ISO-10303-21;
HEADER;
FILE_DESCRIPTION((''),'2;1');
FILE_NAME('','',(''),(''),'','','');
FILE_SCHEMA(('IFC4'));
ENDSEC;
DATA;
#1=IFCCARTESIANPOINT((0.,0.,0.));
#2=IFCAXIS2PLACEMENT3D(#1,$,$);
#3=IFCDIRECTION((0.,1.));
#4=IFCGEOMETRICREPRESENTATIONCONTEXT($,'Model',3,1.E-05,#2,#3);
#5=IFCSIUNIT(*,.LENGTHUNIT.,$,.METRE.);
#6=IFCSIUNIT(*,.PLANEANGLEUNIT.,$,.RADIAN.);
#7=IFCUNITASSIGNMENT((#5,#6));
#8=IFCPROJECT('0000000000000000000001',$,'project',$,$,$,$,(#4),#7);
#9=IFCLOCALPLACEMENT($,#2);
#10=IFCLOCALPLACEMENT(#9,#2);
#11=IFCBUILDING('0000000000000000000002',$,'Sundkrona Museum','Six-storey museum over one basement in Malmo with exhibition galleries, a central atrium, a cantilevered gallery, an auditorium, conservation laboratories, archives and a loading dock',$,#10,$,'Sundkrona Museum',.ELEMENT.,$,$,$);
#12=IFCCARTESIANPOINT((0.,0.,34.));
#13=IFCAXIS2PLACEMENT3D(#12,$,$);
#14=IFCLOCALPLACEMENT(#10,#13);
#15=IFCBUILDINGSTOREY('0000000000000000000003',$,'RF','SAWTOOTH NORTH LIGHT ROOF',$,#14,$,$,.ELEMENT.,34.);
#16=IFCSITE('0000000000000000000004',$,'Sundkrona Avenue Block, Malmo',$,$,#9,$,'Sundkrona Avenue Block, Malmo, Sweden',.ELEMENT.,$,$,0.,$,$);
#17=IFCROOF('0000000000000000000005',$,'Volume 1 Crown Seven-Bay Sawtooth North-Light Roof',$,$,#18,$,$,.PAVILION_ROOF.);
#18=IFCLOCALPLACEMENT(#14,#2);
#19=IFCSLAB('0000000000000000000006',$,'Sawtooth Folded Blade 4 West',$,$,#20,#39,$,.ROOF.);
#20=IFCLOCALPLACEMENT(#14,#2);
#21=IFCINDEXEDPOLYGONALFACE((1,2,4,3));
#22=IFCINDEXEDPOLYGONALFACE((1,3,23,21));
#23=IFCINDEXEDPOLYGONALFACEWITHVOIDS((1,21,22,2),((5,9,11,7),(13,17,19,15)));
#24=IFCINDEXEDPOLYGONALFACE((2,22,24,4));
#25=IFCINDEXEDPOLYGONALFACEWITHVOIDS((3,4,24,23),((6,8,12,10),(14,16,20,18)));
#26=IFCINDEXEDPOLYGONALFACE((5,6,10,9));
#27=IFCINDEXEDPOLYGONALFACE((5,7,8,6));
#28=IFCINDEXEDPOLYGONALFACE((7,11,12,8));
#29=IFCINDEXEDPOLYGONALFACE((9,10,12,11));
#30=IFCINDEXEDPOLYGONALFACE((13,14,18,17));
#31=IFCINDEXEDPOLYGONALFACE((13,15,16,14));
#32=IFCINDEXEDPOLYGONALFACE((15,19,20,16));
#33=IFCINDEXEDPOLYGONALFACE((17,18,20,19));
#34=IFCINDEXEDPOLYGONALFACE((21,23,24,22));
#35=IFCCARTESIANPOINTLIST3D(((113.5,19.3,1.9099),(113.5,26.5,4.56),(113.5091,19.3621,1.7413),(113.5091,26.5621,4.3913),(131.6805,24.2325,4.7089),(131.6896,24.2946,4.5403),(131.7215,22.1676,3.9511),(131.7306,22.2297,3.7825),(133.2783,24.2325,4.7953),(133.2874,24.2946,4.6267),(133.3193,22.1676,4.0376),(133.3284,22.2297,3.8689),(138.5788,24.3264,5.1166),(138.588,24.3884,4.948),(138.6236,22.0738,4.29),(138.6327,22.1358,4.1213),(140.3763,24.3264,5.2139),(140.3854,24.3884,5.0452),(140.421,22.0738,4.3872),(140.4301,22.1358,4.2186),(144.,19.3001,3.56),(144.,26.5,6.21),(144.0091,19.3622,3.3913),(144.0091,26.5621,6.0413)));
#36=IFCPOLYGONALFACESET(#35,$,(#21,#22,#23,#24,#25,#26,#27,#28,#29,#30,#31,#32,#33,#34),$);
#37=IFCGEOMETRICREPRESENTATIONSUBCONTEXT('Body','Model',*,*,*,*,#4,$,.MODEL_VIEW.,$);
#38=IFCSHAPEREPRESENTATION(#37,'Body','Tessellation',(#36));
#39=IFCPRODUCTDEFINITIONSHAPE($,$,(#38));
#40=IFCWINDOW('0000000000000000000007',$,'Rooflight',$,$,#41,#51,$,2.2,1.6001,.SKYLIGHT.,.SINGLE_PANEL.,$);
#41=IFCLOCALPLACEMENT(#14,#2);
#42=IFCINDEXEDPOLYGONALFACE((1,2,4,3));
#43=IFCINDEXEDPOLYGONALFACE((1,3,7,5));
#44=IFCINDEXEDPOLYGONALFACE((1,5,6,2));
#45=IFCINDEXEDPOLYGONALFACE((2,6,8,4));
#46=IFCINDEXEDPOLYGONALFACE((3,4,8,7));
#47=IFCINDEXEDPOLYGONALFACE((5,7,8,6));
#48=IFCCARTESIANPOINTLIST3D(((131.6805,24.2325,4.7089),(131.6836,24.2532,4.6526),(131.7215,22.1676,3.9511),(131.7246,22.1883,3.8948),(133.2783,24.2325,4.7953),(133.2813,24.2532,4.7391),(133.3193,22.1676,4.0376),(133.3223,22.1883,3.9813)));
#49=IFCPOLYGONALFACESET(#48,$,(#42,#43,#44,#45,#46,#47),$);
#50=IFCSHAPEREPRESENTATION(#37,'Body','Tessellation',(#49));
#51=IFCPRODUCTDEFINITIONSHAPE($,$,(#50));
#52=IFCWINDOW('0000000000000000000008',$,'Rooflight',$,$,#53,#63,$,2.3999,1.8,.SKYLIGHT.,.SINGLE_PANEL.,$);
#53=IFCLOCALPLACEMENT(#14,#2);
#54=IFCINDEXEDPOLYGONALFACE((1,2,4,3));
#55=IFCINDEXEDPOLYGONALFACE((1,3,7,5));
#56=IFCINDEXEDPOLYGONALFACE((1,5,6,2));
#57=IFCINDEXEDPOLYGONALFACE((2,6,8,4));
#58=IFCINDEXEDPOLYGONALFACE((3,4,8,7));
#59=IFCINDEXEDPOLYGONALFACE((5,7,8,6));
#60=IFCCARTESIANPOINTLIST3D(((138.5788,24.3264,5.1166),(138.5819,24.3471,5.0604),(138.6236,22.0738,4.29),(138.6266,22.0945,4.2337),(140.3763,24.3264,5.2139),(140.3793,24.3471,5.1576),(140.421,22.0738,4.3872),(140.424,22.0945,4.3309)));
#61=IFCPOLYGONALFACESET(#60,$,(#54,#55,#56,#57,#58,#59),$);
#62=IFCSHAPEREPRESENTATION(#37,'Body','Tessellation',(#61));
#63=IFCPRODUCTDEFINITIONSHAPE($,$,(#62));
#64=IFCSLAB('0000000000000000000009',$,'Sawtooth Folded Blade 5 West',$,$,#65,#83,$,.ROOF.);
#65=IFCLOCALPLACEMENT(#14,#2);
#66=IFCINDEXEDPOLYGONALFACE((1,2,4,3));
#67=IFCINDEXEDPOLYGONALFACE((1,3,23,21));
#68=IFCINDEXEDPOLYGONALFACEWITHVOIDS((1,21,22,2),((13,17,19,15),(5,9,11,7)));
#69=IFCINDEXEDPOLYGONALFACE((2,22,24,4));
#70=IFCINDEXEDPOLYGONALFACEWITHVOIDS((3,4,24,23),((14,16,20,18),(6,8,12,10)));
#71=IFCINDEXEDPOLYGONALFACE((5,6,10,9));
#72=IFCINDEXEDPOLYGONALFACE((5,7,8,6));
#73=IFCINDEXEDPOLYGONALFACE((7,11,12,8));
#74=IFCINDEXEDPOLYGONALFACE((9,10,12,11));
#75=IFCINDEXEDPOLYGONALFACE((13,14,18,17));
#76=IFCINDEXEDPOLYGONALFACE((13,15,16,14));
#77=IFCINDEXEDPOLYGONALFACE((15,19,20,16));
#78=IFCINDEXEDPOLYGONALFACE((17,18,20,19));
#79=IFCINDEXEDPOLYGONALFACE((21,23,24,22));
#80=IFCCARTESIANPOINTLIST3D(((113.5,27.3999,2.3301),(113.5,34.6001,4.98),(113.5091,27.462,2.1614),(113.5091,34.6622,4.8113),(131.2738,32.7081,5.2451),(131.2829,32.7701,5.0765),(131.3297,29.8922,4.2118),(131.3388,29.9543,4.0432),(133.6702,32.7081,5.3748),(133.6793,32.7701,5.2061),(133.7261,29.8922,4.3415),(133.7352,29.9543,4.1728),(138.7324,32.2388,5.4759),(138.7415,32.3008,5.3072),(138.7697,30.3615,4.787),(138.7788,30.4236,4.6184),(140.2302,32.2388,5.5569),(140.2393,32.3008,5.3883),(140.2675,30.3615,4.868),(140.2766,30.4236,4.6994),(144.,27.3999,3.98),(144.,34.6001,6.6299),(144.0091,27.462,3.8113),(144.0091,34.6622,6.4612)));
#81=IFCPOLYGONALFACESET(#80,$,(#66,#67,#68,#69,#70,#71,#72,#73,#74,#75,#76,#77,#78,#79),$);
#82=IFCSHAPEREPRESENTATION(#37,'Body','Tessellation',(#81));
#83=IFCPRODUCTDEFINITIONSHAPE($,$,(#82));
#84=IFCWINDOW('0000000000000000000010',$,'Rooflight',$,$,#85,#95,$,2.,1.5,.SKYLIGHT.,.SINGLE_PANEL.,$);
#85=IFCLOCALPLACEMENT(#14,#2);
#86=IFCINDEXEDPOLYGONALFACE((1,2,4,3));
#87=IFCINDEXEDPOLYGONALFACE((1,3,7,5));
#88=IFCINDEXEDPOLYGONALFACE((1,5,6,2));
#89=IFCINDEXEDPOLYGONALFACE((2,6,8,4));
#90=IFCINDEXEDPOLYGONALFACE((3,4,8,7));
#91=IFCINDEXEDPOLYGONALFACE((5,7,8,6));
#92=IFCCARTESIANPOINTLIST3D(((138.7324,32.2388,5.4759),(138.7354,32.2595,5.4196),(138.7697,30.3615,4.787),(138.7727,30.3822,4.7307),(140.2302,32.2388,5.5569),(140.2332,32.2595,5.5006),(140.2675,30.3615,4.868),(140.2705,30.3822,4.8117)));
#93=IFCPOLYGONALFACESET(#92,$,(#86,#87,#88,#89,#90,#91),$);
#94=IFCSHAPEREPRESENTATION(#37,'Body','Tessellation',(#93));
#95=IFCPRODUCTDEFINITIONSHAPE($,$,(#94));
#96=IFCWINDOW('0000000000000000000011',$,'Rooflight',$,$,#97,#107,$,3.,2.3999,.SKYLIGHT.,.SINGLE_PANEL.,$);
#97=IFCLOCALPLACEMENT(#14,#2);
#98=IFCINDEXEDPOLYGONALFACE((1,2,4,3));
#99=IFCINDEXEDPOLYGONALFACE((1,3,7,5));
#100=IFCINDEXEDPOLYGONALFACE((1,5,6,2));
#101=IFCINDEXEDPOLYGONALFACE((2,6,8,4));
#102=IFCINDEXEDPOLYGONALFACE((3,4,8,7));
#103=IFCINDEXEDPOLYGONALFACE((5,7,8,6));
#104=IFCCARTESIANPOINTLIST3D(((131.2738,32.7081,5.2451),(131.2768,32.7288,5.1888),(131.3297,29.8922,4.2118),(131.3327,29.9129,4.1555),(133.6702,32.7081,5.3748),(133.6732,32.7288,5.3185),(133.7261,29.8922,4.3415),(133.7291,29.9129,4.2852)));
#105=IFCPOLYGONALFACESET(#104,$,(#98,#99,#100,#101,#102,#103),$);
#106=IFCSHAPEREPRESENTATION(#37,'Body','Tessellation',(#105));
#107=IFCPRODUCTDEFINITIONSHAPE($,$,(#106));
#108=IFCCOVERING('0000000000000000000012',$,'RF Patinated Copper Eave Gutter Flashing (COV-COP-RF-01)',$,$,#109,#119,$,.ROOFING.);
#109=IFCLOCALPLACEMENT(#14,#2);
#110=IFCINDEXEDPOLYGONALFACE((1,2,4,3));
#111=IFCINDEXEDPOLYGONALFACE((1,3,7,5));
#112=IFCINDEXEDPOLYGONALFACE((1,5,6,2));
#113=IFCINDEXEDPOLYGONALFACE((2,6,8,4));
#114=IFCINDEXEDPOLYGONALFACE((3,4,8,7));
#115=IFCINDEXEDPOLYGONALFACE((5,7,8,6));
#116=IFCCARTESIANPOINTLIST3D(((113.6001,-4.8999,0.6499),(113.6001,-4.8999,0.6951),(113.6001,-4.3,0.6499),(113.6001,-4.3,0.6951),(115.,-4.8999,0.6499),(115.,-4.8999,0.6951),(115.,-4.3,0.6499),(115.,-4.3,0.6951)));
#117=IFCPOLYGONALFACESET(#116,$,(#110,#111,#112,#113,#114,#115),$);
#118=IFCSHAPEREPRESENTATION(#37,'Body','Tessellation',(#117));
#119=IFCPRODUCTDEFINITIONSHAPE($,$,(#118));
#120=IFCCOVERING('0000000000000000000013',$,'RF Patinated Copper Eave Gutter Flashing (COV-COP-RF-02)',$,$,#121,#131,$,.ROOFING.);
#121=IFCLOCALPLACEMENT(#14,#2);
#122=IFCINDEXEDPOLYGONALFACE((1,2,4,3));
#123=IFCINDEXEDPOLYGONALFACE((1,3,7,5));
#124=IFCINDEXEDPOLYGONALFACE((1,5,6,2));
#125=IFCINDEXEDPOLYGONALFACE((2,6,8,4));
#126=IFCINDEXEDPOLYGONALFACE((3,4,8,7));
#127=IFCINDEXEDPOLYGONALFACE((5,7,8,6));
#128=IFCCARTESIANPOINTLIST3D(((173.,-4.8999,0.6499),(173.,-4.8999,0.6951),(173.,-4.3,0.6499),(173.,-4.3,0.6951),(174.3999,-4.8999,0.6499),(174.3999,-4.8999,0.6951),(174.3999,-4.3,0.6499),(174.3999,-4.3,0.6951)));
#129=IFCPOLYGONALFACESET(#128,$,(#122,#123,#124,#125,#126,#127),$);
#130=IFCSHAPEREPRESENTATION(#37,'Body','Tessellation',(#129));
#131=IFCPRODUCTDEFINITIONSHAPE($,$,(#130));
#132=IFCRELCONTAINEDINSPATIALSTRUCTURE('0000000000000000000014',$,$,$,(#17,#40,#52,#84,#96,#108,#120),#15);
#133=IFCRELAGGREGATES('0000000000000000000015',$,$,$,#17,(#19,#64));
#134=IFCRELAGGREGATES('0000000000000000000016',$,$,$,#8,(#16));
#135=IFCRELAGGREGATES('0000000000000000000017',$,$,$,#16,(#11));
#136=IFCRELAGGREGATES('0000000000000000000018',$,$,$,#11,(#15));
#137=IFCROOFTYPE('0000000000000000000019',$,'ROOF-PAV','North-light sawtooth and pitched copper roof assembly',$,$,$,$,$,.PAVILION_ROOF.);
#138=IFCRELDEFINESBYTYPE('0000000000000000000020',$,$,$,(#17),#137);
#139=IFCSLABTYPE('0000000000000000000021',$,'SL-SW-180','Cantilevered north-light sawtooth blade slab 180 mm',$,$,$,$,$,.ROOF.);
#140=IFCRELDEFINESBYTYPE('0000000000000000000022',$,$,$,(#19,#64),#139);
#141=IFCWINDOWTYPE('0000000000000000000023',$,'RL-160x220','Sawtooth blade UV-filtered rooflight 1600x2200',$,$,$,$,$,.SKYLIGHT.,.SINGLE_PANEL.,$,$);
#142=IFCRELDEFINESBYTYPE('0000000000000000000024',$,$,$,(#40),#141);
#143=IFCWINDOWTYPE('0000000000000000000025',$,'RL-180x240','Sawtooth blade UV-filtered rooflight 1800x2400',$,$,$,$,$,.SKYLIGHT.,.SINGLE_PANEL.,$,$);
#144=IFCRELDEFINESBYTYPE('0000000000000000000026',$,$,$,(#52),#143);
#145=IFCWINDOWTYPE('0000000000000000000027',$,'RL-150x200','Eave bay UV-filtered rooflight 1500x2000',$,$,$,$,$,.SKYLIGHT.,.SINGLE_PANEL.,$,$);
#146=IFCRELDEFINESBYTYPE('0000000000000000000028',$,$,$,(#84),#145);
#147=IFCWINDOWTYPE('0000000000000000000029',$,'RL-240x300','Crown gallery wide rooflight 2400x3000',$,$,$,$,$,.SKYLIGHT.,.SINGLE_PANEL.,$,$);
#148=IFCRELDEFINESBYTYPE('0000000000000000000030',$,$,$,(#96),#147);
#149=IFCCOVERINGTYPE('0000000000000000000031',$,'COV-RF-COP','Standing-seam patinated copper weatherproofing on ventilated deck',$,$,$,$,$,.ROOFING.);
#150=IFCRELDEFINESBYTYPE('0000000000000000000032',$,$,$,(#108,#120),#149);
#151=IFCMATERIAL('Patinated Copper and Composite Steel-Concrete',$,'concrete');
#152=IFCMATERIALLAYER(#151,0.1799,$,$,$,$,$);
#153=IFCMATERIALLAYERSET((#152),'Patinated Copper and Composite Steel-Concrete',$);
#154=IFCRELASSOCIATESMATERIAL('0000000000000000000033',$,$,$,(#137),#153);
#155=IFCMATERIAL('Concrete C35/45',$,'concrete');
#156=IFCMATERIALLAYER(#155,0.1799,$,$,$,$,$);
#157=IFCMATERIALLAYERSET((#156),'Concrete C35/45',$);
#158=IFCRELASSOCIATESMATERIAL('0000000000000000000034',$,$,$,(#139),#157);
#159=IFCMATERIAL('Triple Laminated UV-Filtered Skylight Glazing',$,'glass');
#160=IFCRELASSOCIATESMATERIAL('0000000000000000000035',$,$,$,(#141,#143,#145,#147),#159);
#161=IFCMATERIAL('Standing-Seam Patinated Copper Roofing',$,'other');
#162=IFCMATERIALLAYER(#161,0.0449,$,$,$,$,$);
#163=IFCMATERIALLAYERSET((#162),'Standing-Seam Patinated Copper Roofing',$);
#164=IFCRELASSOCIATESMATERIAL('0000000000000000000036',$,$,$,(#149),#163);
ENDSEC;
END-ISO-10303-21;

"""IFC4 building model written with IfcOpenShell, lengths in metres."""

from ifc_helpers import new_model, si_unit, direction, frame, origin, origin_2d, place, context, subcontext, project, spatial, polyline, rectangle, outline, extrude, material, layer, layer_set, type_object, element, fill, aggregate, save


model = new_model("IFC4")

# Units and contexts
model_context = context("Model", 3, precision=1e-05, world=origin(), true_north=direction((0.0, 1.0)))
body_context = subcontext(model_context, "Body", "Model", "MODEL_VIEW")
ifc_project = project(units=[si_unit("LENGTHUNIT", "METRE"), si_unit("PLANEANGLEUNIT", "RADIAN")], contexts=[model_context])

# Site, building, storey
site_placement = place(None, origin())
site = spatial("IfcSite", under=ifc_project, at=site_placement, Name="Sundkrona Avenue Block, Malmo", LongName="Sundkrona Avenue Block, Malmo, Sweden", CompositionType="ELEMENT", RefElevation=0.0)
building_placement = place(site_placement, origin())
building = spatial("IfcBuilding", under=site, at=building_placement, Name="Sundkrona Museum", Description="Six-storey museum over one basement in Malmo with exhibition galleries, a central atrium, a cantilevered gallery, an auditorium, conservation laboratories, archives and a loading dock", LongName="Sundkrona Museum", CompositionType="ELEMENT")
storey_placement = place(building_placement, frame((0.0, 0.0, 34.0)))
storey = spatial("IfcBuildingStorey", under=building, at=storey_placement, Name="RF", Description="SAWTOOTH NORTH LIGHT ROOF", CompositionType="ELEMENT", Elevation=34.0)

# Shared definitions
ifc_material_1 = material(Name="Concrete C35/45", Category="concrete")

# Roof, slabs, openings, windows
ifc_material_2 = material(Name="Patinated Copper and Composite Steel-Concrete", Category="concrete")
ifc_layer_1 = layer(ifc_material_2, 0.1799)
ifc_layer_set_1 = layer_set([ifc_layer_1], Name="Patinated Copper and Composite Steel-Concrete")
roof_type = type_object("IfcRoofType", Name="ROOF-PAV", Description="North-light sawtooth and pitched copper roof assembly", PredefinedType="PAVILION_ROOF", material=ifc_layer_set_1)
roof_placement = place(storey_placement, origin())
roof = element("IfcRoof", 1, at=roof_placement, inside=storey, type_object=roof_type, Name="Volume 1 Crown Seven-Bay Sawtooth North-Light Roof", PredefinedType="PAVILION_ROOF")
ifc_layer_2 = layer(ifc_material_1, 0.1799)
ifc_layer_set_2 = layer_set([ifc_layer_2], Name="Concrete C35/45")
slab_type_1 = type_object("IfcSlabType", Name="SL-SW-180", Description="Cantilevered north-light sawtooth blade slab 180 mm", PredefinedType="ROOF", material=ifc_layer_set_2)
ifc_material_3 = material(Name="Triple Laminated UV-Filtered Skylight Glazing", Category="glass")
window_type_1 = type_object("IfcWindowType", Name="RL-160x220", Description="Sawtooth blade UV-filtered rooflight 1600x2200", PartitioningType="SINGLE_PANEL", PredefinedType="SKYLIGHT", material=ifc_material_3)
window_type_2 = type_object("IfcWindowType", Name="RL-180x240", Description="Sawtooth blade UV-filtered rooflight 1800x2400", PartitioningType="SINGLE_PANEL", PredefinedType="SKYLIGHT", material=ifc_material_3)
window_type_3 = type_object("IfcWindowType", Name="RL-150x200", Description="Eave bay UV-filtered rooflight 1500x2000", PartitioningType="SINGLE_PANEL", PredefinedType="SKYLIGHT", material=ifc_material_3)
window_type_4 = type_object("IfcWindowType", Name="RL-240x300", Description="Crown gallery wide rooflight 2400x3000", PartitioningType="SINGLE_PANEL", PredefinedType="SKYLIGHT", material=ifc_material_3)
slab_1_placement = place(storey_placement, frame((113.5, 19.3, 1.9099), z_axis=(-0.050704, -0.344964, 0.937245), x_axis=(0.99854, 0.000001, 0.054021)))
slab_1 = element("IfcSlab", 2, at=slab_1_placement, type_object=slab_type_1, Name="Sawtooth Folded Blade 4 West", PredefinedType="ROOF", context=body_context, shape_type="SweptSolid", body=[
    extrude(outline(polyline([(0.0, 0.0), (30.5446, 0.0), (30.6878, 7.6708), (0.1432, 7.6709), (0.0, 0.0)])), origin(), (0.0, 0.0, -1.0), 0.1799),
])
opening_1_placement = place(slab_1_placement, frame((19.1052, 4.155, 0.01)))
opening_1 = element("IfcOpeningElement", 3, at=opening_1_placement, cuts=slab_1, PredefinedType="OPENING", context=body_context, shape_type="SweptSolid", body=[
    extrude(rectangle(XDim=1.6001, YDim=2.2, at=origin_2d()), origin(), (0.0, 0.0, -1.0), 0.2),
])
opening_2_placement = place(slab_1_placement, frame((26.1155, 4.155, 0.01)))
opening_2 = element("IfcOpeningElement", 4, at=opening_2_placement, cuts=slab_1, PredefinedType="OPENING", context=body_context, shape_type="SweptSolid", body=[
    extrude(rectangle(XDim=1.8, YDim=2.3999, at=origin_2d()), origin(), (0.0, 0.0, -1.0), 0.2),
])
window_1_placement = place(slab_1_placement, frame((19.1052, 4.155, 0.0)))
window_1 = element("IfcWindow", 5, at=window_1_placement, inside=storey, type_object=window_type_1, Name="Rooflight", OverallHeight=2.2, OverallWidth=1.6001, PartitioningType="SINGLE_PANEL", PredefinedType="SKYLIGHT", context=body_context, shape_type="SweptSolid", body=[
    extrude(rectangle(XDim=1.6001, YDim=2.2, at=origin_2d()), origin(), (0.0, 0.0, -1.0), 0.0601),
])
fill(opening_1, window_1)
window_2_placement = place(slab_1_placement, frame((26.1155, 4.155, 0.0)))
window_2 = element("IfcWindow", 6, at=window_2_placement, inside=storey, type_object=window_type_2, Name="Rooflight", OverallHeight=2.3999, OverallWidth=1.8, PartitioningType="SINGLE_PANEL", PredefinedType="SKYLIGHT", context=body_context, shape_type="SweptSolid", body=[
    extrude(rectangle(XDim=1.8, YDim=2.3999, at=origin_2d()), origin(), (0.0, 0.0, -1.0), 0.0601),
])
fill(opening_2, window_2)
slab_2_placement = place(storey_placement, frame((113.5, 27.3999, 2.3301), z_axis=(-0.050701, -0.34494, 0.937255), x_axis=(0.99854, 0.0, 0.054016)))
slab_2 = element("IfcSlab", 7, at=slab_2_placement, type_object=slab_type_1, Name="Sawtooth Folded Blade 5 West", PredefinedType="ROOF", context=body_context, shape_type="SweptSolid", body=[
    extrude(outline(polyline([(0.0, 0.0), (30.5446, 0.0), (30.6877, 7.671), (0.1431, 7.671), (0.0, 0.0)])), origin(), (0.0, 0.0, -1.0), 0.1799),
])
opening_3_placement = place(slab_2_placement, frame((19.1052, 4.1553, 0.01)))
opening_3 = element("IfcOpeningElement", 8, at=opening_3_placement, cuts=slab_2, PredefinedType="OPENING", context=body_context, shape_type="SweptSolid", body=[
    extrude(rectangle(XDim=2.3999, YDim=3.0, at=origin_2d()), origin(), (0.0, 0.0, -1.0), 0.2),
])
opening_4_placement = place(slab_2_placement, frame((26.1155, 4.1553, 0.01)))
opening_4 = element("IfcOpeningElement", 9, at=opening_4_placement, cuts=slab_2, PredefinedType="OPENING", context=body_context, shape_type="SweptSolid", body=[
    extrude(rectangle(XDim=1.5, YDim=2.0, at=origin_2d()), origin(), (0.0, 0.0, -1.0), 0.2),
])
window_3_placement = place(slab_2_placement, frame((26.1155, 4.1553, 0.0)))
window_3 = element("IfcWindow", 10, at=window_3_placement, inside=storey, type_object=window_type_3, Name="Rooflight", OverallHeight=2.0, OverallWidth=1.5, PartitioningType="SINGLE_PANEL", PredefinedType="SKYLIGHT", context=body_context, shape_type="SweptSolid", body=[
    extrude(rectangle(XDim=1.5, YDim=2.0, at=origin_2d()), origin(), (0.0, 0.0, -1.0), 0.0601),
])
fill(opening_4, window_3)
window_4_placement = place(slab_2_placement, frame((19.1052, 4.1553, 0.0)))
window_4 = element("IfcWindow", 11, at=window_4_placement, inside=storey, type_object=window_type_4, Name="Rooflight", OverallHeight=3.0, OverallWidth=2.3999, PartitioningType="SINGLE_PANEL", PredefinedType="SKYLIGHT", context=body_context, shape_type="SweptSolid", body=[
    extrude(rectangle(XDim=2.3999, YDim=3.0, at=origin_2d()), origin(), (0.0, 0.0, -1.0), 0.0601),
])
fill(opening_3, window_4)
aggregate(roof, [slab_1, slab_2])

# Coverings
ifc_material_4 = material(Name="Standing-Seam Patinated Copper Roofing", Category="other")
ifc_layer_3 = layer(ifc_material_4, 0.0449)
ifc_layer_set_3 = layer_set([ifc_layer_3], Name="Standing-Seam Patinated Copper Roofing")
covering_type = type_object("IfcCoveringType", Name="COV-RF-COP", Description="Standing-seam patinated copper weatherproofing on ventilated deck", PredefinedType="ROOFING", material=ifc_layer_set_3)
covering_1_placement = place(storey_placement, frame((0.0, 0.0, 0.6499)))
element("IfcCovering", 12, at=covering_1_placement, inside=storey, type_object=covering_type, Name="RF Patinated Copper Eave Gutter Flashing (COV-COP-RF-01)", PredefinedType="ROOFING", context=body_context, shape_type="SweptSolid", body=[
    extrude(outline(polyline([(113.6001, -4.8999), (115.0, -4.8999), (115.0, -4.3), (113.6001, -4.3), (113.6001, -4.8999)])), origin(), (0.0, 0.0, 1.0), 0.0452),
])
covering_2_placement = place(storey_placement, frame((0.0, 0.0, 0.6499)))
element("IfcCovering", 13, at=covering_2_placement, inside=storey, type_object=covering_type, Name="RF Patinated Copper Eave Gutter Flashing (COV-COP-RF-02)", PredefinedType="ROOFING", context=body_context, shape_type="SweptSolid", body=[
    extrude(outline(polyline([(173.0, -4.8999), (174.3999, -4.8999), (174.3999, -4.3), (173.0, -4.3), (173.0, -4.8999)])), origin(), (0.0, 0.0, 1.0), 0.0452),
])

save(model, "model.ifc")
